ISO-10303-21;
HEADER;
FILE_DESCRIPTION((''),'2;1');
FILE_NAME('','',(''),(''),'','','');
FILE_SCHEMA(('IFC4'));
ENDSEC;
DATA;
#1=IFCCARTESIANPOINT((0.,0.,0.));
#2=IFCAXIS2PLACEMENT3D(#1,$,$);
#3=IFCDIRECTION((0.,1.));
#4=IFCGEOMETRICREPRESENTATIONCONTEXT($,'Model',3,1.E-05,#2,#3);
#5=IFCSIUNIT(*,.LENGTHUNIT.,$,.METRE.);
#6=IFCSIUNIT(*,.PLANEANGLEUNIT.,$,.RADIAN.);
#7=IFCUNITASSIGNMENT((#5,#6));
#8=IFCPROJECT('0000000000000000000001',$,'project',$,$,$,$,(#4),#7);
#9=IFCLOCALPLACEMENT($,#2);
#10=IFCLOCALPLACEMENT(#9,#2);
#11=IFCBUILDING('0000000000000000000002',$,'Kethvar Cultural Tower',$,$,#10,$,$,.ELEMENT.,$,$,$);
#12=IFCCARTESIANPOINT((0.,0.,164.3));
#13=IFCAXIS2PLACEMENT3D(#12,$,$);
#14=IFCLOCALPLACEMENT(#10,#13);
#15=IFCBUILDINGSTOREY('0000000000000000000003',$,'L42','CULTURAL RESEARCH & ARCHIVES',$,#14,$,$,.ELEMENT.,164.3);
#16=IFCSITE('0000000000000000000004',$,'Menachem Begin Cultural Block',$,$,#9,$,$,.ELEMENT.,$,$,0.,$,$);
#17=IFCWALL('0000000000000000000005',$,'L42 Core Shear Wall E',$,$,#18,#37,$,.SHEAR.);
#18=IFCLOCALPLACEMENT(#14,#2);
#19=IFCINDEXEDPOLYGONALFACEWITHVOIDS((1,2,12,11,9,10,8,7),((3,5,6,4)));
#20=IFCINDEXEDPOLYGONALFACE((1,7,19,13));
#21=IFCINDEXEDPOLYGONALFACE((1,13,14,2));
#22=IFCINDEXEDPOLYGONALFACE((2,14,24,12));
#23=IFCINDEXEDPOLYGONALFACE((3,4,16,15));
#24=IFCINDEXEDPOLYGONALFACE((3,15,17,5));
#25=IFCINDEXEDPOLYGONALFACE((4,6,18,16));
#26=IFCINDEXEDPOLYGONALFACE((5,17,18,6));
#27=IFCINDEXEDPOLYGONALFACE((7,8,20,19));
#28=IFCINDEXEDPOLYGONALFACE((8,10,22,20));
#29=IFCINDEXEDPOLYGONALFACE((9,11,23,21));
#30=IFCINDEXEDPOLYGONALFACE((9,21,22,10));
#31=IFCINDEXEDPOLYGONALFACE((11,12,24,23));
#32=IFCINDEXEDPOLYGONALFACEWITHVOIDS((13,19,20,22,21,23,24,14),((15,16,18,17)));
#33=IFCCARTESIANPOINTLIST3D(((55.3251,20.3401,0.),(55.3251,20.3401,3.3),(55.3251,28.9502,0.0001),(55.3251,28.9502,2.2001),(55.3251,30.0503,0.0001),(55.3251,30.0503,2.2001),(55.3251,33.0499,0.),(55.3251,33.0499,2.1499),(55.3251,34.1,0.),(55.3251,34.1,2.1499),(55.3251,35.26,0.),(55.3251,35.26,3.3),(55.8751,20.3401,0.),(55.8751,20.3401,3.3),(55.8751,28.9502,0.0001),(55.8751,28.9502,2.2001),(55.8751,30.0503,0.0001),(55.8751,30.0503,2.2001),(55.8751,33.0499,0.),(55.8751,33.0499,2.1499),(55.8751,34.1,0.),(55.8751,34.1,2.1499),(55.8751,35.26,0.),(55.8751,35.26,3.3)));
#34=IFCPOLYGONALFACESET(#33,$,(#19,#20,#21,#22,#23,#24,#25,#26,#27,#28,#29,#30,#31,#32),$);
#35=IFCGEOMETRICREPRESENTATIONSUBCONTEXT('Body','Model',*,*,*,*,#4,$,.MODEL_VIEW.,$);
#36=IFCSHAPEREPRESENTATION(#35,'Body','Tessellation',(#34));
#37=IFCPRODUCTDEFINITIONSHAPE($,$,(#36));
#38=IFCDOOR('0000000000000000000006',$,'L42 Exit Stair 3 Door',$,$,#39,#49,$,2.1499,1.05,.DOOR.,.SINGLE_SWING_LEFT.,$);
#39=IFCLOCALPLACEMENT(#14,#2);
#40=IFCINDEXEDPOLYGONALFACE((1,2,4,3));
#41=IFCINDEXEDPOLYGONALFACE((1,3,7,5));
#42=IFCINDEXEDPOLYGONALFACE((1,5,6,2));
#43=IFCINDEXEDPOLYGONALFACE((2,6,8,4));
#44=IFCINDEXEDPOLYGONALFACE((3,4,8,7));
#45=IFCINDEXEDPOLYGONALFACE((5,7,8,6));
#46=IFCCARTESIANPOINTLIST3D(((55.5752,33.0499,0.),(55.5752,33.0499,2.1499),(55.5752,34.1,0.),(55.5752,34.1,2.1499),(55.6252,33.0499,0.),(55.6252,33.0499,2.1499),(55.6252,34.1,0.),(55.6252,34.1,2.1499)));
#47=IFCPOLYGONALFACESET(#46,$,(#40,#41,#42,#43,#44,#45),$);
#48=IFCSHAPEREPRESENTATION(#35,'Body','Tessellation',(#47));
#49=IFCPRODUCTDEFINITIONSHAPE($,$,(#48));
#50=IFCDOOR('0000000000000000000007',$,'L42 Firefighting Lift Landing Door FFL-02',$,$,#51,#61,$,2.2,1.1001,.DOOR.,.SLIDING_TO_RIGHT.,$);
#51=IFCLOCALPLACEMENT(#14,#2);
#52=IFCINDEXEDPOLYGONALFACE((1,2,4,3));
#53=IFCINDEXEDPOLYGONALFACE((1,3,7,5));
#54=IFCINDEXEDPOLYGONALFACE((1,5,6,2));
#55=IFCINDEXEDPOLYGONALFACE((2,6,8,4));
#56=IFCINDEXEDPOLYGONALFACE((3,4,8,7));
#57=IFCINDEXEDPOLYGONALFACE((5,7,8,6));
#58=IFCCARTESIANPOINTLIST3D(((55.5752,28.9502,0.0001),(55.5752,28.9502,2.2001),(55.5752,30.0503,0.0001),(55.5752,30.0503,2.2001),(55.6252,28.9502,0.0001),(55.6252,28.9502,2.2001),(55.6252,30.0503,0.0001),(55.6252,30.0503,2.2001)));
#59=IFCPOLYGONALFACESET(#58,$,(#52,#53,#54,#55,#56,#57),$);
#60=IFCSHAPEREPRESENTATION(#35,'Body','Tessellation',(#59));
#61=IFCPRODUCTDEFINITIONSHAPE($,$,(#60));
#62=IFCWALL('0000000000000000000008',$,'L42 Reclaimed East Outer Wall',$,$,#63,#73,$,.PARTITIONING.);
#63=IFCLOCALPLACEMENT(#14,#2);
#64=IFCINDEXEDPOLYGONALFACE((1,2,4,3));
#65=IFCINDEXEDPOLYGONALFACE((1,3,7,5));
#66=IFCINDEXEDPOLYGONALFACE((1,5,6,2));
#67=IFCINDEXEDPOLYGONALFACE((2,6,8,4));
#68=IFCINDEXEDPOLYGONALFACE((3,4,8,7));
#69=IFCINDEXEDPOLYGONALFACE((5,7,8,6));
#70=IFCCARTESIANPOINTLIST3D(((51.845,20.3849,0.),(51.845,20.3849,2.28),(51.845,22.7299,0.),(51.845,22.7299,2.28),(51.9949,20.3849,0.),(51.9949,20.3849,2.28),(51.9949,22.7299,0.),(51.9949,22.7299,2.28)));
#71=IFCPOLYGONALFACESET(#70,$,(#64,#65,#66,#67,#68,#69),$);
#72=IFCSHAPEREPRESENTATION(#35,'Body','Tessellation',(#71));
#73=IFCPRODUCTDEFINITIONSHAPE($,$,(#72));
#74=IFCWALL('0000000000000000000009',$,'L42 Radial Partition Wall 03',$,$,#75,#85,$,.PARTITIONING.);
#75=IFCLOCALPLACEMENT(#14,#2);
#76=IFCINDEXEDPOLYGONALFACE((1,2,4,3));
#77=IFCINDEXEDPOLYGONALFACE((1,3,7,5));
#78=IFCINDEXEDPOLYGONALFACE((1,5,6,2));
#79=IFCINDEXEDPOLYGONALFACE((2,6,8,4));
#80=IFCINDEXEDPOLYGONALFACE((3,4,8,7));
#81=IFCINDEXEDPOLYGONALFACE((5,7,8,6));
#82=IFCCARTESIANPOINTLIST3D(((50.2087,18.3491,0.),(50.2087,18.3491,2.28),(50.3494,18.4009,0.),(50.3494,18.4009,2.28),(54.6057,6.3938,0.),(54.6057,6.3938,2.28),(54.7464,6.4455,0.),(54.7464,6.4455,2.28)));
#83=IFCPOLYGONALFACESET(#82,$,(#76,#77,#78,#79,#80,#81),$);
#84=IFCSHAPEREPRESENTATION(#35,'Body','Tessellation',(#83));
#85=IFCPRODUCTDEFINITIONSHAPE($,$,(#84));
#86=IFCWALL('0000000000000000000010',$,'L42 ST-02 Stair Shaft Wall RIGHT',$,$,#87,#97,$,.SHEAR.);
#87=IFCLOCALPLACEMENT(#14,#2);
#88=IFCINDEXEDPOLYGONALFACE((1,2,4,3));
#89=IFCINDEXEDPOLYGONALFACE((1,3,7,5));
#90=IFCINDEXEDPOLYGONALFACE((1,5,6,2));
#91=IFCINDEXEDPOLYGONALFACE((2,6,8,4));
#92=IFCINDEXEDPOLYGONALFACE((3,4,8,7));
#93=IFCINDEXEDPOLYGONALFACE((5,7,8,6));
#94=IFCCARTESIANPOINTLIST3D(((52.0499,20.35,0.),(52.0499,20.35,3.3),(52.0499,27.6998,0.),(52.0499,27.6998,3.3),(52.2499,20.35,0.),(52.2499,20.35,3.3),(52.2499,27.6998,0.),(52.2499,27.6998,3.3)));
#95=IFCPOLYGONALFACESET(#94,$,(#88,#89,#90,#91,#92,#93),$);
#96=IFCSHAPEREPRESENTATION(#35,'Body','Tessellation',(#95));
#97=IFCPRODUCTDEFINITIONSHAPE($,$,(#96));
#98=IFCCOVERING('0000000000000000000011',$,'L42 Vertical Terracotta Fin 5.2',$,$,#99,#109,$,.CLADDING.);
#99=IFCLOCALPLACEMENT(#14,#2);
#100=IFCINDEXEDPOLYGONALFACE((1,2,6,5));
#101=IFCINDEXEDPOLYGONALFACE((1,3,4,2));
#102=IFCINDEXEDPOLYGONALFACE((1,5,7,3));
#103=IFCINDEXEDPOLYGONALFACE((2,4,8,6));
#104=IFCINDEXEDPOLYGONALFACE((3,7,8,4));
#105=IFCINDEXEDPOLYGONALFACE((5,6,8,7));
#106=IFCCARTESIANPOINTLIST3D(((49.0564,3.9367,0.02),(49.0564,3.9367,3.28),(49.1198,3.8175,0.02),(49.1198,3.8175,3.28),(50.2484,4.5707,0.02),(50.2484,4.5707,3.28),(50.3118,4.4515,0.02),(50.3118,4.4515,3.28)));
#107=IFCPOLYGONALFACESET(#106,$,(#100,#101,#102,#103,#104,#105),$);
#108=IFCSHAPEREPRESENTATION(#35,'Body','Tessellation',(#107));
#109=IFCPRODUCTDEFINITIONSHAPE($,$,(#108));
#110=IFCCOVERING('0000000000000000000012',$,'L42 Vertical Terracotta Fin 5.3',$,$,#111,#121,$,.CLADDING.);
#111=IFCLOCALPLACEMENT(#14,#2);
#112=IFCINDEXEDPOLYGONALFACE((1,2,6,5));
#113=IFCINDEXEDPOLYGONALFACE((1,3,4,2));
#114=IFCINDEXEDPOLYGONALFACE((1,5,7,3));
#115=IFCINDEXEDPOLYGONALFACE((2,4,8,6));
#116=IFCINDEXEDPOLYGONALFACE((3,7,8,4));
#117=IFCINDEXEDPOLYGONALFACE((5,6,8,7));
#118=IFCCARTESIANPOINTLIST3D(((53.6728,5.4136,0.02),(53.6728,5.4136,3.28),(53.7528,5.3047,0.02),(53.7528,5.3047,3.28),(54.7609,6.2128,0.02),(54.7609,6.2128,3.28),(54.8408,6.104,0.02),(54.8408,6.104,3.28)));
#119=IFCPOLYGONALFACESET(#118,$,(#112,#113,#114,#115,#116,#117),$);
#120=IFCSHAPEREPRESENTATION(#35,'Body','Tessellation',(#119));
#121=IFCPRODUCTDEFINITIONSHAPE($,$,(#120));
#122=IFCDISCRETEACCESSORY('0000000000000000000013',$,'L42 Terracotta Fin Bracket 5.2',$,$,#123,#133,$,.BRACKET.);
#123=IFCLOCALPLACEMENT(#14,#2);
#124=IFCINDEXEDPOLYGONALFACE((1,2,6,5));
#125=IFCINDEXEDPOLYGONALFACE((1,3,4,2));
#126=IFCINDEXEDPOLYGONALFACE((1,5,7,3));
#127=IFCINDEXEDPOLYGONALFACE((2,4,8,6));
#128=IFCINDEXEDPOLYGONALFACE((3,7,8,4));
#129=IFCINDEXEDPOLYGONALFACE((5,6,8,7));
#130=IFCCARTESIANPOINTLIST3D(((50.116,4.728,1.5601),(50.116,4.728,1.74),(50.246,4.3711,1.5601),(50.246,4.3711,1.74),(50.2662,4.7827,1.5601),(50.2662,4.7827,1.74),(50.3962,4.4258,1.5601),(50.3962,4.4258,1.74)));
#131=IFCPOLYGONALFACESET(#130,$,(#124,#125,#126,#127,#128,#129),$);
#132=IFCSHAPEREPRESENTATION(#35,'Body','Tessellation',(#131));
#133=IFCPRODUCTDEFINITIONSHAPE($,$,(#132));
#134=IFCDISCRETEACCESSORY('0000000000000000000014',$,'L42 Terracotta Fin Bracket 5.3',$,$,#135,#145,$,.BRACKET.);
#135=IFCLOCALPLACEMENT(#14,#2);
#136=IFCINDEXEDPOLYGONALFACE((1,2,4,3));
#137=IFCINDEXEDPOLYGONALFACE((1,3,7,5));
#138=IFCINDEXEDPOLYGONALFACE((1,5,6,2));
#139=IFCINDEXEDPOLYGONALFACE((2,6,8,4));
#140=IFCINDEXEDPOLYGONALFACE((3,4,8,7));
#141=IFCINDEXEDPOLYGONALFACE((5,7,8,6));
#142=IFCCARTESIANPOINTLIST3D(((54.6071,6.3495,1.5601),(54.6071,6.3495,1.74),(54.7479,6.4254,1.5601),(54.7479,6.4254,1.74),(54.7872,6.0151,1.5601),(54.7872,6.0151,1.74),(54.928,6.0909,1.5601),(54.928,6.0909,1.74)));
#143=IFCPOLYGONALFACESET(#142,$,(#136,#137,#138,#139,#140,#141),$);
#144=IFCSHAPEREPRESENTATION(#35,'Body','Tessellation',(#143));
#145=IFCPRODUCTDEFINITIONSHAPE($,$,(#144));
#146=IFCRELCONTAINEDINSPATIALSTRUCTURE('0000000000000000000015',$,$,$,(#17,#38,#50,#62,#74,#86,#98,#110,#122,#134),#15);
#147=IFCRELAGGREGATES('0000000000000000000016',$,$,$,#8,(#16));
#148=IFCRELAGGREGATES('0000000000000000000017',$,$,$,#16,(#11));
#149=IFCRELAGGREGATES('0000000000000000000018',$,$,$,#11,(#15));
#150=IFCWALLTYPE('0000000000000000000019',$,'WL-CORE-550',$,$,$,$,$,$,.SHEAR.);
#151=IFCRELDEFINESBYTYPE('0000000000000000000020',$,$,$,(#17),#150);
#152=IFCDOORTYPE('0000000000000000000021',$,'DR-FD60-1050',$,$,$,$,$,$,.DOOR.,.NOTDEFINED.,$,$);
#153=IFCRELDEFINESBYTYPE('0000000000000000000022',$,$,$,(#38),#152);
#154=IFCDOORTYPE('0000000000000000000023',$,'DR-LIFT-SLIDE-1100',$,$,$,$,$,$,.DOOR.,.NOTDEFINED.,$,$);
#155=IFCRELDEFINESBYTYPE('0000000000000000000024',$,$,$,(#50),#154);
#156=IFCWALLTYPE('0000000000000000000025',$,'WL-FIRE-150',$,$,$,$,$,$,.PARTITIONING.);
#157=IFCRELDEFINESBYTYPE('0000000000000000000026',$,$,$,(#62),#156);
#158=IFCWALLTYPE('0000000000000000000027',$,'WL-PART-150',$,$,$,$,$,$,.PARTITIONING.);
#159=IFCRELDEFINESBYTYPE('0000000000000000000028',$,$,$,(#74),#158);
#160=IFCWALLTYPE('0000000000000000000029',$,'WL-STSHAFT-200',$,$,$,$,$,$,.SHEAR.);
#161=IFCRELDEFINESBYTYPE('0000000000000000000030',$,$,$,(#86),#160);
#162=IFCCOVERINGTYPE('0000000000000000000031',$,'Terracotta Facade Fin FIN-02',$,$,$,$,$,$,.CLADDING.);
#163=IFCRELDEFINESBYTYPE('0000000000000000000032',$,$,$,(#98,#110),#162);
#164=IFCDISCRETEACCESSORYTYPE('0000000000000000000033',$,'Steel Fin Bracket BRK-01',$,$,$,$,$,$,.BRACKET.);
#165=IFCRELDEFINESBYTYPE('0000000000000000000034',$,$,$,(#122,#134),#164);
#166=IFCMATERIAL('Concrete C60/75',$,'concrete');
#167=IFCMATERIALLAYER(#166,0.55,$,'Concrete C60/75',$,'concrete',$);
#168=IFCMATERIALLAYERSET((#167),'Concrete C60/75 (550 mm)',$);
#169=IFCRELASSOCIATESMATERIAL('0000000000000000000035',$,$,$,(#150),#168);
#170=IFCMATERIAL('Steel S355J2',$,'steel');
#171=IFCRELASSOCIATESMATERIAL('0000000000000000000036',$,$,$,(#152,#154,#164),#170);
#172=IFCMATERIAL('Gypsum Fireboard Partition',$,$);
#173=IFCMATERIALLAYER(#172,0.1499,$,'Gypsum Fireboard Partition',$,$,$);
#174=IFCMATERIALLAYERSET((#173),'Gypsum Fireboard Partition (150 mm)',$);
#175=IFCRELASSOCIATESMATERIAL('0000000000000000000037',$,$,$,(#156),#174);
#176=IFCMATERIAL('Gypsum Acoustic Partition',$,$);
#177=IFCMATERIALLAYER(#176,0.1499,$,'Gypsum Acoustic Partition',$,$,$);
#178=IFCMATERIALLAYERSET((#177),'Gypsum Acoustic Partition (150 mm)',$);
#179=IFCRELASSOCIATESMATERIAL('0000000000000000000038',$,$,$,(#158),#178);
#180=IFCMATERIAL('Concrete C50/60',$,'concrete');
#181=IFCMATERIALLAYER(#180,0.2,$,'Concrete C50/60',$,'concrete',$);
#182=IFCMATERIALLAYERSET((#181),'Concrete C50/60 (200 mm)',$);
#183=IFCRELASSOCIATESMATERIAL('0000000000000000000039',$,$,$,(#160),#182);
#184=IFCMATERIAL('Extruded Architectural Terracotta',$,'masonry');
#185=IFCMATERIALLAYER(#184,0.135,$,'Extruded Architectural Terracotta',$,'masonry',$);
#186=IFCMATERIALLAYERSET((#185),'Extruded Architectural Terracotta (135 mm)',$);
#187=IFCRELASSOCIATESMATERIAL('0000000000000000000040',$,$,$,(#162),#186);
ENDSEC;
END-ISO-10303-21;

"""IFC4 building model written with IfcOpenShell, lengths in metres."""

from ifc_helpers import new_model, si_unit, direction, frame, frame_2d, origin, origin_2d, place, context, subcontext, project, spatial, rectangle, extrude, source, transform, mapped, material, layer, layer_set, type_object, element, fill, save


model = new_model("IFC4")

# Units and contexts
model_context = context("Model", 3, precision=1e-05, world=origin(), true_north=direction((0.0, 1.0)))
body_context = subcontext(model_context, "Body", "Model", "MODEL_VIEW")
ifc_project = project(units=[si_unit("LENGTHUNIT", "METRE"), si_unit("PLANEANGLEUNIT", "RADIAN")], contexts=[model_context])

# Site, building, storey
site_placement = place(None, origin())
site = spatial("IfcSite", under=ifc_project, at=site_placement, Name="Menachem Begin Cultural Block", CompositionType="ELEMENT", RefElevation=0.0)
building_placement = place(site_placement, origin())
building = spatial("IfcBuilding", under=site, at=building_placement, Name="Kethvar Cultural Tower", CompositionType="ELEMENT")
storey_placement = place(building_placement, frame((0.0, 0.0, 164.3)))
storey = spatial("IfcBuildingStorey", under=building, at=storey_placement, Name="L42", Description="CULTURAL RESEARCH & ARCHIVES", CompositionType="ELEMENT", Elevation=164.3)

# Shared definitions
ifc_material_1 = material(Name="Steel S355J2", Category="steel")

# Wall, openings, doors
ifc_material_2 = material(Name="Concrete C60/75", Category="concrete")
ifc_layer_1 = layer(ifc_material_2, 0.55, Name="Concrete C60/75", Category="concrete")
ifc_layer_set_1 = layer_set([ifc_layer_1], Name="Concrete C60/75 (550 mm)")
wall_type_1 = type_object("IfcWallType", Name="WL-CORE-550", PredefinedType="SHEAR", material=ifc_layer_set_1)
wall_1_placement = place(storey_placement, frame((55.6001, 20.3401, 0.0), z_axis=(0.0, 0.0, 1.0), x_axis=(0.0, 1.0, 0.0)))
wall_1 = element("IfcWall", 1, at=wall_1_placement, inside=storey, type_object=wall_type_1, Name="L42 Core Shear Wall E", PredefinedType="SHEAR", context=body_context, shape_type="SweptSolid", body=[
    extrude(rectangle(XDim=14.9199, YDim=0.55, at=frame_2d((7.46, 0.0))), origin(), (0.0, 0.0, 1.0), 3.3),
])
opening_1_placement = place(wall_1_placement, frame((12.71, 0.0, 0.0)))
opening_1 = element("IfcOpeningElement", 2, at=opening_1_placement, cuts=wall_1, PredefinedType="OPENING", context=body_context, shape_type="SweptSolid", body=[
    extrude(rectangle(XDim=1.05, YDim=2.1499, at=frame_2d((0.5249, 1.075))), frame((0.0, 0.2849, 0.0), z_axis=(0.0, -1.0, 0.0), x_axis=(1.0, 0.0, 0.0)), (0.0, 0.0, 1.0), 0.5701),
])
opening_2_placement = place(wall_1_placement, frame((8.6101, 0.0, 0.0)))
opening_2 = element("IfcOpeningElement", 3, at=opening_2_placement, cuts=wall_1, PredefinedType="OPENING", context=body_context, shape_type="SweptSolid", body=[
    extrude(rectangle(XDim=1.1001, YDim=2.2, at=frame_2d((0.55, 1.1001))), frame((0.0, 0.2849, 0.0), z_axis=(0.0, -1.0, 0.0), x_axis=(1.0, 0.0, 0.0)), (0.0, 0.0, 1.0), 0.5701),
])
door_type_1 = type_object("IfcDoorType", Name="DR-FD60-1050", OperationType="NOTDEFINED", PredefinedType="DOOR", material=ifc_material_1)
shared_shape_1 = source(origin(), body_context, "Body", "SweptSolid", [
    extrude(rectangle(XDim=1.05, YDim=2.1499, at=frame_2d((0.5249, 1.075))), frame((0.0, 0.0249, 0.0), z_axis=(0.0, -1.0, 0.0), x_axis=(1.0, 0.0, 0.0)), (0.0, 0.0, 1.0), 0.05),
])
door_1_placement = place(opening_1_placement, origin())
door_1 = element("IfcDoor", 4, at=door_1_placement, inside=storey, type_object=door_type_1, Name="L42 Exit Stair 3 Door", OperationType="SINGLE_SWING_LEFT", OverallHeight=2.1499, OverallWidth=1.05, PredefinedType="DOOR", context=body_context, shape_type="MappedRepresentation", body=[
    mapped(shared_shape_1, transform((0.0, 0.0, 0.0), scale=1.0)),
])
fill(opening_1, door_1)
door_type_2 = type_object("IfcDoorType", Name="DR-LIFT-SLIDE-1100", OperationType="NOTDEFINED", PredefinedType="DOOR", material=ifc_material_1)
shared_shape_2 = source(origin(), body_context, "Body", "SweptSolid", [
    extrude(rectangle(XDim=1.1001, YDim=2.2, at=frame_2d((0.55, 1.1001))), frame((0.0, 0.0249, 0.0), z_axis=(0.0, -1.0, 0.0), x_axis=(1.0, 0.0, 0.0)), (0.0, 0.0, 1.0), 0.05),
])
door_2_placement = place(opening_2_placement, origin())
door_2 = element("IfcDoor", 5, at=door_2_placement, inside=storey, type_object=door_type_2, Name="L42 Firefighting Lift Landing Door FFL-02", OperationType="SLIDING_TO_RIGHT", OverallHeight=2.2, OverallWidth=1.1001, PredefinedType="DOOR", context=body_context, shape_type="MappedRepresentation", body=[
    mapped(shared_shape_2, transform((0.0, 0.0, 0.0), scale=1.0)),
])
fill(opening_2, door_2)

# Walls
ifc_material_3 = material(Name="Gypsum Fireboard Partition")
ifc_layer_2 = layer(ifc_material_3, 0.1499, Name="Gypsum Fireboard Partition")
ifc_layer_set_2 = layer_set([ifc_layer_2], Name="Gypsum Fireboard Partition (150 mm)")
wall_type_2 = type_object("IfcWallType", Name="WL-FIRE-150", PredefinedType="PARTITIONING", material=ifc_layer_set_2)
wall_2_placement = place(storey_placement, frame((51.9199, 20.385, 0.0), z_axis=(0.0, 0.0, 1.0), x_axis=(0.0, 1.0, 0.0)))
element("IfcWall", 6, at=wall_2_placement, inside=storey, type_object=wall_type_2, Name="L42 Reclaimed East Outer Wall", PredefinedType="PARTITIONING", context=body_context, shape_type="SweptSolid", body=[
    extrude(rectangle(XDim=2.345, YDim=0.1499, at=frame_2d((1.1724, 0.0))), origin(), (0.0, 0.0, 1.0), 2.28),
])
ifc_material_4 = material(Name="Gypsum Acoustic Partition")
ifc_layer_3 = layer(ifc_material_4, 0.1499, Name="Gypsum Acoustic Partition")
ifc_layer_set_3 = layer_set([ifc_layer_3], Name="Gypsum Acoustic Partition (150 mm)")
wall_type_3 = type_object("IfcWallType", Name="WL-PART-150", PredefinedType="PARTITIONING", material=ifc_layer_set_3)
wall_3_placement = place(storey_placement, frame((50.2791, 18.375, 0.0), z_axis=(0.0, 0.0, 1.0), x_axis=(0.345179, -0.938537, 0.0)))
element("IfcWall", 7, at=wall_3_placement, inside=storey, type_object=wall_type_3, Name="L42 Radial Partition Wall 03", PredefinedType="PARTITIONING", context=body_context, shape_type="SweptSolid", body=[
    extrude(rectangle(XDim=12.7383, YDim=0.1499, at=frame_2d((6.3691, 0.0))), origin(), (0.0, 0.0, 1.0), 2.28),
])
ifc_material_5 = material(Name="Concrete C50/60", Category="concrete")
ifc_layer_4 = layer(ifc_material_5, 0.2, Name="Concrete C50/60", Category="concrete")
ifc_layer_set_4 = layer_set([ifc_layer_4], Name="Concrete C50/60 (200 mm)")
wall_type_4 = type_object("IfcWallType", Name="WL-STSHAFT-200", PredefinedType="SHEAR", material=ifc_layer_set_4)
wall_4_placement = place(storey_placement, frame((52.1499, 20.3501, 0.0), z_axis=(0.0, 0.0, 1.0), x_axis=(0.0, 1.0, 0.0)))
element("IfcWall", 8, at=wall_4_placement, inside=storey, type_object=wall_type_4, Name="L42 ST-02 Stair Shaft Wall RIGHT", PredefinedType="SHEAR", context=body_context, shape_type="SweptSolid", body=[
    extrude(rectangle(XDim=7.3499, YDim=0.2, at=frame_2d((3.6748, 0.0))), origin(), (0.0, 0.0, 1.0), 3.3),
])

# Coverings
ifc_material_6 = material(Name="Extruded Architectural Terracotta", Category="masonry")
ifc_layer_5 = layer(ifc_material_6, 0.135, Name="Extruded Architectural Terracotta", Category="masonry")
ifc_layer_set_5 = layer_set([ifc_layer_5], Name="Extruded Architectural Terracotta (135 mm)")
covering_type = type_object("IfcCoveringType", Name="Terracotta Facade Fin FIN-02", PredefinedType="CLADDING", material=ifc_layer_set_5)
shared_shape_3 = source(origin(), body_context, "Body", "SweptSolid", [
    extrude(rectangle(XDim=1.3501, YDim=0.135, at=origin_2d()), origin(), (0.0, 0.0, 1.0), 3.26),
])
for number, where, z_axis, x_axis, name in (
    (9, (49.6841, 4.1941, 0.02), (0.0, 0.0, 1.0), (-0.882866, -0.469626, 0.0), "L42 Vertical Terracotta Fin 5.2"),
    (10, (54.2568, 5.7588, 0.02), (0.0, 0.0, 1.0), (-0.805928, -0.592013, 0.0), "L42 Vertical Terracotta Fin 5.3"),
):
    element("IfcCovering", number, at=place(storey_placement, frame(where, z_axis=z_axis, x_axis=x_axis)), inside=storey, type_object=covering_type, Name=name, PredefinedType="CLADDING", context=body_context, shape_type="MappedRepresentation", body=[
        mapped(shared_shape_3, transform((0.0, 0.0, 0.0), scale=1.0)),
    ])

# Discrete accessories
discrete_accessory_type = type_object("IfcDiscreteAccessoryType", Name="Steel Fin Bracket BRK-01", PredefinedType="BRACKET", material=ifc_material_1)
shared_shape_4 = source(origin(), body_context, "Body", "SweptSolid", [
    extrude(rectangle(XDim=0.3799, YDim=0.1599, at=origin_2d()), origin(), (0.0, 0.0, 1.0), 0.1799),
])
for number, where, z_axis, x_axis, name in (
    (11, (50.2561, 4.5769, 1.5601), (0.0, 0.0, 1.0), (0.342184, -0.939633, 0.0), "L42 Terracotta Fin Bracket 5.2"),
    (12, (54.7676, 6.2202, 1.5601), (0.0, 0.0, 1.0), (0.474088, -0.880477, 0.0), "L42 Terracotta Fin Bracket 5.3"),
):
    element("IfcDiscreteAccessory", number, at=place(storey_placement, frame(where, z_axis=z_axis, x_axis=x_axis)), inside=storey, type_object=discrete_accessory_type, Name=name, PredefinedType="BRACKET", context=body_context, shape_type="MappedRepresentation", body=[
        mapped(shared_shape_4, transform((0.0, 0.0, 0.0), scale=1.0)),
    ])

save(model, "model.ifc")
